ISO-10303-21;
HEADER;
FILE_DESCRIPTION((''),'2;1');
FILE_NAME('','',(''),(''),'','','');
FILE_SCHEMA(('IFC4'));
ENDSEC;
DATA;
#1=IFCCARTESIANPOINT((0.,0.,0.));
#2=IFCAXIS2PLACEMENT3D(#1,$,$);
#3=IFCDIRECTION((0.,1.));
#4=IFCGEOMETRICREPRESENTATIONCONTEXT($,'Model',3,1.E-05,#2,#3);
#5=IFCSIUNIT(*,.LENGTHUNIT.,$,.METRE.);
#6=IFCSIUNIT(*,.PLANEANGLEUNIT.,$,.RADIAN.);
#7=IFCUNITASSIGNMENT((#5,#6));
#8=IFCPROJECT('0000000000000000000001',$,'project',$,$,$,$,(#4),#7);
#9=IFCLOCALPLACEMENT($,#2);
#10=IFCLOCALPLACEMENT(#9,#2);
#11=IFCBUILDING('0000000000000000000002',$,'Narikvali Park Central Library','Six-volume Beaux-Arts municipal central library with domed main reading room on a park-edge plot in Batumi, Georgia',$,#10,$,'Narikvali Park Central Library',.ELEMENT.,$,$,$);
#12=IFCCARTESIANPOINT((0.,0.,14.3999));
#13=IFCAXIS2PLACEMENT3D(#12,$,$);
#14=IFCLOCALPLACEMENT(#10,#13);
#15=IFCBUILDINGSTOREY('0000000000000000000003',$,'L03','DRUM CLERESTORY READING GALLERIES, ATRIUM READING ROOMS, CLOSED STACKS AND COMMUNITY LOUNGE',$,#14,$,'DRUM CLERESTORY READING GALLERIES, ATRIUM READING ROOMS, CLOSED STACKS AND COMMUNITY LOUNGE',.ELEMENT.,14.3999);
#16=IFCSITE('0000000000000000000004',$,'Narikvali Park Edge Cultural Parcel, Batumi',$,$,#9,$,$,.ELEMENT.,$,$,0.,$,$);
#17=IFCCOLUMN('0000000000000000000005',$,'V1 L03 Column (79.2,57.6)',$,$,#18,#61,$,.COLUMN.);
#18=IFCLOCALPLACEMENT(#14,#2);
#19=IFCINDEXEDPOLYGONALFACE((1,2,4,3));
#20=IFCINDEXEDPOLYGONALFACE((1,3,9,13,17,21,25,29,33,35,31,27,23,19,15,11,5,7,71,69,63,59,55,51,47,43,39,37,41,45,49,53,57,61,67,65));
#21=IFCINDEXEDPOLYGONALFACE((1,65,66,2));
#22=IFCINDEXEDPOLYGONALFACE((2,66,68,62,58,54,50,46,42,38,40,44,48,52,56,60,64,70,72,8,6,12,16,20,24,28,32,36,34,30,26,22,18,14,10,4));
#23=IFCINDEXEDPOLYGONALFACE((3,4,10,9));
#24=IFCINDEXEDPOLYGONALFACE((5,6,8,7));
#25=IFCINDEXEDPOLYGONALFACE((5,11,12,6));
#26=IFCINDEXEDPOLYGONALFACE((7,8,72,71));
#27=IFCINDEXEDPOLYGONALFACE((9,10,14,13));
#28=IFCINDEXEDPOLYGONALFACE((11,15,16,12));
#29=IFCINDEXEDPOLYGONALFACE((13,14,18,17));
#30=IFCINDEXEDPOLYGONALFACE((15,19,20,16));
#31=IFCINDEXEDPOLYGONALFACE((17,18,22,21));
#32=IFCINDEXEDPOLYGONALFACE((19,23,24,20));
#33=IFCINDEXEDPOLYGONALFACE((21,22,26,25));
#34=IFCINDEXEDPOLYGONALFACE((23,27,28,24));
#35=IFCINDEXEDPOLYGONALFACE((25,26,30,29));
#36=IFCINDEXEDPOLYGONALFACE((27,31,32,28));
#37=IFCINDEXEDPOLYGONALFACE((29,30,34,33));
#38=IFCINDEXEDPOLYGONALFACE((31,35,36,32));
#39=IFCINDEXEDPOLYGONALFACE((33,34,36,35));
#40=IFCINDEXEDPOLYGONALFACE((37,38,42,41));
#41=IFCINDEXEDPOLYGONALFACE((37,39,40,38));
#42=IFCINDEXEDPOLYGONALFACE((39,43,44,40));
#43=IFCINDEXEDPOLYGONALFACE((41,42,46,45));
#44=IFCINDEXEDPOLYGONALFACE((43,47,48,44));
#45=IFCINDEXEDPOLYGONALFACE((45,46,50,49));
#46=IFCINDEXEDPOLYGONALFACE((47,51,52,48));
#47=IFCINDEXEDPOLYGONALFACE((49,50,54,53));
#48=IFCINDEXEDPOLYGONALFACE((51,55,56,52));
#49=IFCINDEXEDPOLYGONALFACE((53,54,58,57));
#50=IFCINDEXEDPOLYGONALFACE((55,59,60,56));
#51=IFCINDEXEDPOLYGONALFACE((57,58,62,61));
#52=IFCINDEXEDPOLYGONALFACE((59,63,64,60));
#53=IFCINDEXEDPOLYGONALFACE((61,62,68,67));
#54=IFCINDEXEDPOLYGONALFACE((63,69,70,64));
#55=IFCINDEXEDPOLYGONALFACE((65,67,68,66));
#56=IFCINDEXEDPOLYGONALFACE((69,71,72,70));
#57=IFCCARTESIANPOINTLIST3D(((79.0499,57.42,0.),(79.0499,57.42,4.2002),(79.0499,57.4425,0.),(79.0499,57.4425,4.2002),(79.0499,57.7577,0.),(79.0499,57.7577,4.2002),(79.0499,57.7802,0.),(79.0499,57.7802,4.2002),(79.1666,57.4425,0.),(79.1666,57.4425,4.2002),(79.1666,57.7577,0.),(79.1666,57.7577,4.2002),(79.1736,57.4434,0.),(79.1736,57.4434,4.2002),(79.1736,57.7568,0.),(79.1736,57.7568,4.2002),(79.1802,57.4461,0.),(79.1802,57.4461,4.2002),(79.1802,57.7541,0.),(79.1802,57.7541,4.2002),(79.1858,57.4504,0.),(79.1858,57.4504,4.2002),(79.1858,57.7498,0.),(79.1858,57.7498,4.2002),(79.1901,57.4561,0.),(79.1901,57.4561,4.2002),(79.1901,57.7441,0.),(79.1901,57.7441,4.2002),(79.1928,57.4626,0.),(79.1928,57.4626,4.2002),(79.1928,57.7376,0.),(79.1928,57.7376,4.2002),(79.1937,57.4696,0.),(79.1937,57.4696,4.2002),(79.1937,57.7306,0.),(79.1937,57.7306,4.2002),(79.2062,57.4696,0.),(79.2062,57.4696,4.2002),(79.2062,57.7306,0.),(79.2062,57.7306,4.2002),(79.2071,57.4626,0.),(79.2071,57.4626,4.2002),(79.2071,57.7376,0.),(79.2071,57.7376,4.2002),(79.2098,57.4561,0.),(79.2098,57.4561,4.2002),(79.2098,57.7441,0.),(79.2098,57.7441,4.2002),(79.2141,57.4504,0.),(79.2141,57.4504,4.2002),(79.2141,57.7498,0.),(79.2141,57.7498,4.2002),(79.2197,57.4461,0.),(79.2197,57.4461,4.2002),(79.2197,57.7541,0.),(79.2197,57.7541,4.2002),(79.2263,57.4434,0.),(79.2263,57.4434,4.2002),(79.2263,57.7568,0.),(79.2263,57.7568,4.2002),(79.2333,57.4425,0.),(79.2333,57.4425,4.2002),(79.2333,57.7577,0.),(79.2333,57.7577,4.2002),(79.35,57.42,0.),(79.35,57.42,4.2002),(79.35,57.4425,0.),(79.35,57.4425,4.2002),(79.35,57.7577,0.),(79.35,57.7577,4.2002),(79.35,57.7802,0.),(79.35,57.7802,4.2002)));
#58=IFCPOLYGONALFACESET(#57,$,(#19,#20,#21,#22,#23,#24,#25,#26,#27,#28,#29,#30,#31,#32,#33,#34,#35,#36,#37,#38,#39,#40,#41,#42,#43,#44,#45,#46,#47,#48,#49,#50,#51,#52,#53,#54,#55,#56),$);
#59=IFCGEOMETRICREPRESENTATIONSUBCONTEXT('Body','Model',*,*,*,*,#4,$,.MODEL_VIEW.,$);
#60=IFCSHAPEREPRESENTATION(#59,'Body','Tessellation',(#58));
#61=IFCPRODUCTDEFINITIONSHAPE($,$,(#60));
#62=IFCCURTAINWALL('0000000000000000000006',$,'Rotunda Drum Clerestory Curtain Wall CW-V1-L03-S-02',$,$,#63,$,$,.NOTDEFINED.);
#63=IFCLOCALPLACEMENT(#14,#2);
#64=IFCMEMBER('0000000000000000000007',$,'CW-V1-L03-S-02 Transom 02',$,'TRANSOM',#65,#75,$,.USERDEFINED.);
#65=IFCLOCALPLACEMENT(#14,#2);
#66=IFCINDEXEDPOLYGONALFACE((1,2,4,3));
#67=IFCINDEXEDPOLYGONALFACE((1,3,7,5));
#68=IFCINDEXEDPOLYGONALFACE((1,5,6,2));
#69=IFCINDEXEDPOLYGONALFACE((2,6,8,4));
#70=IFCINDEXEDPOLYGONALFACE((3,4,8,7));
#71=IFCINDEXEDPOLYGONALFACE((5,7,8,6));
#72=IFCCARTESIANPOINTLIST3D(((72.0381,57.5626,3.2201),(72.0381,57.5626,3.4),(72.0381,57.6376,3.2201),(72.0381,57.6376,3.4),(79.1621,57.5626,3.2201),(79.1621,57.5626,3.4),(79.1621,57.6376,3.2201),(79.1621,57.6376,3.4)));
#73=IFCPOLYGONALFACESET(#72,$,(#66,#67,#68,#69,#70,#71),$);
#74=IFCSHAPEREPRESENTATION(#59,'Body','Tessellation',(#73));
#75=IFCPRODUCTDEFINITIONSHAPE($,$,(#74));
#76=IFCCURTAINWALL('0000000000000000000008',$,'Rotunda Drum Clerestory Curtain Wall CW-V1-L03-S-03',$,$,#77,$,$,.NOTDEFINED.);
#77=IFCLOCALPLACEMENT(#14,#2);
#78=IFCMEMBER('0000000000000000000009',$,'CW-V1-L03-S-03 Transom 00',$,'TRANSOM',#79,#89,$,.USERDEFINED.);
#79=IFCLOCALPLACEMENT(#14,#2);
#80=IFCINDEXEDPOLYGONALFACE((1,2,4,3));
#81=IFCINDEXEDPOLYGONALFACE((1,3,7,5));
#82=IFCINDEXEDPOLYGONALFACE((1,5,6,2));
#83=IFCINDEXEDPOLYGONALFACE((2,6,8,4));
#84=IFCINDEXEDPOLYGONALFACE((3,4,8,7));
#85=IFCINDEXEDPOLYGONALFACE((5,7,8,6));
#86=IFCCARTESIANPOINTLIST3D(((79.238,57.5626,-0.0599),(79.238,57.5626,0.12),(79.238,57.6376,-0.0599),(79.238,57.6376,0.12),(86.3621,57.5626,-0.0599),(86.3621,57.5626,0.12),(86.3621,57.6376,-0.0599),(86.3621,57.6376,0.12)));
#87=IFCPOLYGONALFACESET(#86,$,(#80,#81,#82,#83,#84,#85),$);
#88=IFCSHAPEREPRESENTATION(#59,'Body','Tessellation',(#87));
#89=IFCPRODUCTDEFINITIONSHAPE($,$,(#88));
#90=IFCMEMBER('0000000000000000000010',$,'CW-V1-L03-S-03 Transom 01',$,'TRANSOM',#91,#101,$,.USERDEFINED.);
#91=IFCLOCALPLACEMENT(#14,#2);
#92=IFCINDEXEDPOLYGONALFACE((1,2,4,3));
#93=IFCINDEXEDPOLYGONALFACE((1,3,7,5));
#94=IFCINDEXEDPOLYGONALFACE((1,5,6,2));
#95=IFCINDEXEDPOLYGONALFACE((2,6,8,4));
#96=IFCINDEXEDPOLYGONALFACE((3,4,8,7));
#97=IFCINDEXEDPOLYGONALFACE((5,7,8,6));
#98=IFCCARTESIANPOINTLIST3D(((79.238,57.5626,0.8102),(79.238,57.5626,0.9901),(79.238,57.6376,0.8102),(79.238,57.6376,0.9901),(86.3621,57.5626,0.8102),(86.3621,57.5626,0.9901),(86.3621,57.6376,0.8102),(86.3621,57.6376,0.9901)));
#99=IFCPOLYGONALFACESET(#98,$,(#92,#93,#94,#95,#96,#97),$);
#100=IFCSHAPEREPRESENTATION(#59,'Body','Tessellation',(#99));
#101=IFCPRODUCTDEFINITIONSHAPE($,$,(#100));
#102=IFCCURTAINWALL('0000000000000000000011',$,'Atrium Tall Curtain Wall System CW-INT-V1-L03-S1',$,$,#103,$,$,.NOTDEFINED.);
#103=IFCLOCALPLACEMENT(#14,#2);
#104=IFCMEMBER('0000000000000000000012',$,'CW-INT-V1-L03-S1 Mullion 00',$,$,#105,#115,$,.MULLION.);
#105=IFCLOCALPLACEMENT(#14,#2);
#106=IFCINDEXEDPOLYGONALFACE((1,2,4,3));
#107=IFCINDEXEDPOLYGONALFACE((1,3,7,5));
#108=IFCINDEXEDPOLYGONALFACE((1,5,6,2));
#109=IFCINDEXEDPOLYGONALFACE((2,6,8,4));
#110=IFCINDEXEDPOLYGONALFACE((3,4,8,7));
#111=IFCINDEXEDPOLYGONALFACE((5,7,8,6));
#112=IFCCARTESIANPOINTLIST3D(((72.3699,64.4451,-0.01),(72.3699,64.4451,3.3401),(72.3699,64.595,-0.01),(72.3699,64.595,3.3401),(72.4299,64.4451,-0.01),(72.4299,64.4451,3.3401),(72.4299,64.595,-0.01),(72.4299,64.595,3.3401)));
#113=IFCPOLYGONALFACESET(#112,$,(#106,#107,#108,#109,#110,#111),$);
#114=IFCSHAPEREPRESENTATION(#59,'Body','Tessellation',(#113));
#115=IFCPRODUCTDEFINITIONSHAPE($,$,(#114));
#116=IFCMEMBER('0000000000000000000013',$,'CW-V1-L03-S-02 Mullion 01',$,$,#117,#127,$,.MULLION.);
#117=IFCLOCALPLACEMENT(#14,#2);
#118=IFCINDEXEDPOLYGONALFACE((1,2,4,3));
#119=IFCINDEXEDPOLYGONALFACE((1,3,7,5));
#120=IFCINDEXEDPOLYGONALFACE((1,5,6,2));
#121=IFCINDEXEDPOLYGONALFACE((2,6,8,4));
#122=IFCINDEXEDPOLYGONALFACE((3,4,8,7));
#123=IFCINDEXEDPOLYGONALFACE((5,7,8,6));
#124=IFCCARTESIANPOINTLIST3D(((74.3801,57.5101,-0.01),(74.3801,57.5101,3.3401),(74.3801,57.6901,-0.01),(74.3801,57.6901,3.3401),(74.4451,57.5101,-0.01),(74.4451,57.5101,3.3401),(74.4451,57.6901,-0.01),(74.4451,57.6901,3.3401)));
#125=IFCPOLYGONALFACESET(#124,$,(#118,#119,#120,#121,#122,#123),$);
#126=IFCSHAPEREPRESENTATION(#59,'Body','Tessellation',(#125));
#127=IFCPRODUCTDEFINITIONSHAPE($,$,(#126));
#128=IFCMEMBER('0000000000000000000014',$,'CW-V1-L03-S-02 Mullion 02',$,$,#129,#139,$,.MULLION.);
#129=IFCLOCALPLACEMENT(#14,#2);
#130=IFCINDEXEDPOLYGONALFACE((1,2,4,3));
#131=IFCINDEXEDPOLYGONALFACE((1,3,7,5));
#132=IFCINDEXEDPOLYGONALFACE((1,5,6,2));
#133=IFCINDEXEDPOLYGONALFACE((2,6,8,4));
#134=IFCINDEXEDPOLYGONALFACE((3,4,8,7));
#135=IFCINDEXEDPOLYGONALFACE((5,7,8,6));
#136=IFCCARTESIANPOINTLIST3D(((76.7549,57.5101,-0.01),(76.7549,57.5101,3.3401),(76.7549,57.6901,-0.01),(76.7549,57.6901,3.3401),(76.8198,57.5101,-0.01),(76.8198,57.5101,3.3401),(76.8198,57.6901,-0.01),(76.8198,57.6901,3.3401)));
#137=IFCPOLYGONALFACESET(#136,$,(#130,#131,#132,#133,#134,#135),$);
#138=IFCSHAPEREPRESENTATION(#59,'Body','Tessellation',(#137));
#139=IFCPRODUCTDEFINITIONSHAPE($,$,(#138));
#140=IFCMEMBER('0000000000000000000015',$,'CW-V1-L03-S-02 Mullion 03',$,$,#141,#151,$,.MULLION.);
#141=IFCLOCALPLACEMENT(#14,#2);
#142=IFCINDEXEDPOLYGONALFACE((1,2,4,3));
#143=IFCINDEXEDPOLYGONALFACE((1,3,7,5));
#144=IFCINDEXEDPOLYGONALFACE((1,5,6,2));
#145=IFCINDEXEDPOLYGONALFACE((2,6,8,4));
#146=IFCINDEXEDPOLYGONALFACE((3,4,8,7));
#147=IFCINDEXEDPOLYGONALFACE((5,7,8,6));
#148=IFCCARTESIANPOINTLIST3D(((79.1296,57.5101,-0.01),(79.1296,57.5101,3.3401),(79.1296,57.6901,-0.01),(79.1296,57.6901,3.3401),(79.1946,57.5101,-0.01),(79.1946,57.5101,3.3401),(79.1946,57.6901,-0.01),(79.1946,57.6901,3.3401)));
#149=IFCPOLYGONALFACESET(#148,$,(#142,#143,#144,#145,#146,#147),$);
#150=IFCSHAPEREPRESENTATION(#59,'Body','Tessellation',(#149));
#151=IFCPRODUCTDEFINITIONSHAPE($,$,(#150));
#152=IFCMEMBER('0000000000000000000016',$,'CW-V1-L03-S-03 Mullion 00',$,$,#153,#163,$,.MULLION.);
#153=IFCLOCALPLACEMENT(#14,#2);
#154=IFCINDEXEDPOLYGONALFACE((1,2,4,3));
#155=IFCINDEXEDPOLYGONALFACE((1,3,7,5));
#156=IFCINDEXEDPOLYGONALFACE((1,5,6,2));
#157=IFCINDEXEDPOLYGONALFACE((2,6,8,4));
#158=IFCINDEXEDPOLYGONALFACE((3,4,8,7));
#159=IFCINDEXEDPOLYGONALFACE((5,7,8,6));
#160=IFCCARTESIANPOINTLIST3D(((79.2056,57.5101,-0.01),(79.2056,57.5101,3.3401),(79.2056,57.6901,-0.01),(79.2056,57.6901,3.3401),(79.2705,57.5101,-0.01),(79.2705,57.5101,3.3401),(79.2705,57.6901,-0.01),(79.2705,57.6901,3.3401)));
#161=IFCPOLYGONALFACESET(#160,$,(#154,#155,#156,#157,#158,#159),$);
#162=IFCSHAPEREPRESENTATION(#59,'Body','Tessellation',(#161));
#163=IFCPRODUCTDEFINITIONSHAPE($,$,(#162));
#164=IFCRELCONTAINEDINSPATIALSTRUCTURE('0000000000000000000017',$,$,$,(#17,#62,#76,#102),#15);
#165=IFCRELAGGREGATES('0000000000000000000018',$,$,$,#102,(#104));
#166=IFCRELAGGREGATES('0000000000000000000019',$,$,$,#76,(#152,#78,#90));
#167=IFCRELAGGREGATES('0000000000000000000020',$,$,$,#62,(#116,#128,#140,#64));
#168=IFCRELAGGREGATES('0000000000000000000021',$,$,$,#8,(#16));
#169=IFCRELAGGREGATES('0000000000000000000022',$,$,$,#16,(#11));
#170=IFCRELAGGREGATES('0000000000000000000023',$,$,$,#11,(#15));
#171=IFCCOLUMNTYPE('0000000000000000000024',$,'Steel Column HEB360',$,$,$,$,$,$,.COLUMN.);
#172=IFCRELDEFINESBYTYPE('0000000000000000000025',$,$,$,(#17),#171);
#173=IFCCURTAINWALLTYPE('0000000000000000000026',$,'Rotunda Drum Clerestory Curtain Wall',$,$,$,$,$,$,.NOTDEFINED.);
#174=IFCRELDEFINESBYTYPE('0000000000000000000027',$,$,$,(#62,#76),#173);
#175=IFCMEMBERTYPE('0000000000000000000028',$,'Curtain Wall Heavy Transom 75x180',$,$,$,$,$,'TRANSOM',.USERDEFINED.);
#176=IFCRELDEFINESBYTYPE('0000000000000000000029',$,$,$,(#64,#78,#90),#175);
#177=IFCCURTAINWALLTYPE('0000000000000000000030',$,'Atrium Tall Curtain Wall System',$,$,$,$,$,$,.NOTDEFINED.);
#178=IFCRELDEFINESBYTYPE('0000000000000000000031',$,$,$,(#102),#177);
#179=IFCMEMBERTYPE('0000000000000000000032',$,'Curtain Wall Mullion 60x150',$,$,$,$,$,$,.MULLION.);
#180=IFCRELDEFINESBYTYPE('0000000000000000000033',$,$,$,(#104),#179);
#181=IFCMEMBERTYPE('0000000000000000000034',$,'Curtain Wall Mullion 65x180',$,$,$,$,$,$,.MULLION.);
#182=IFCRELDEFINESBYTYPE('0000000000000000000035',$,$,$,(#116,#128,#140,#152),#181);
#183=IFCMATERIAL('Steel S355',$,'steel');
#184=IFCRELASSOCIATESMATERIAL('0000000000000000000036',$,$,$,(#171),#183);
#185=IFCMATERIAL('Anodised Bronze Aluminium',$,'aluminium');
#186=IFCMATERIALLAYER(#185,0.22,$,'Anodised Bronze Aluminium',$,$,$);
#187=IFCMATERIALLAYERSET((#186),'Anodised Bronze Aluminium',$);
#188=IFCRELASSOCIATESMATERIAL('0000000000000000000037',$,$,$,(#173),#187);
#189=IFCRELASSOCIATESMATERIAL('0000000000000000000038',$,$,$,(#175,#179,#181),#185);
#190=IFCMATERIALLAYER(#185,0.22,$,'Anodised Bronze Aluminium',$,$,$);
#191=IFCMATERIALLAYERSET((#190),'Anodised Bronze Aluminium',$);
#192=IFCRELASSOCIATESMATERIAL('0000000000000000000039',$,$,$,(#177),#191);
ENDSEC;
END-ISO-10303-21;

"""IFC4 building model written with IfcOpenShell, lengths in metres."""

from ifc_helpers import new_model, si_unit, direction, frame, origin, origin_2d, place, context, subcontext, project, spatial, rectangle, i_section, extrude, material, layer, layer_set, material_profile, profile_set, type_object, element, aggregate, save


model = new_model("IFC4")

# Units and contexts
model_context = context("Model", 3, precision=1e-05, world=origin(), true_north=direction((0.0, 1.0)))
body_context = subcontext(model_context, "Body", "Model", "MODEL_VIEW")
ifc_project = project(units=[si_unit("LENGTHUNIT", "METRE"), si_unit("PLANEANGLEUNIT", "RADIAN")], contexts=[model_context])

# Site, building, storey
site_placement = place(None, origin())
site = spatial("IfcSite", under=ifc_project, at=site_placement, Name="Narikvali Park Edge Cultural Parcel, Batumi", CompositionType="ELEMENT", RefElevation=0.0)
building_placement = place(site_placement, origin())
building = spatial("IfcBuilding", under=site, at=building_placement, Name="Narikvali Park Central Library", Description="Six-volume Beaux-Arts municipal central library with domed main reading room on a park-edge plot in Batumi, Georgia", LongName="Narikvali Park Central Library", CompositionType="ELEMENT")
storey_placement = place(building_placement, frame((0.0, 0.0, 14.3999)))
storey = spatial("IfcBuildingStorey", under=building, at=storey_placement, Name="L03", Description="DRUM CLERESTORY READING GALLERIES, ATRIUM READING ROOMS, CLOSED STACKS AND COMMUNITY LOUNGE", LongName="DRUM CLERESTORY READING GALLERIES, ATRIUM READING ROOMS, CLOSED STACKS AND COMMUNITY LOUNGE", CompositionType="ELEMENT", Elevation=14.3999)

# Column
ifc_material_1 = material(Name="Steel S355", Category="steel")
ifc_material_profile_1 = material_profile(ifc_material_1, i_section(OverallWidth=0.3, OverallDepth=0.3601, WebThickness=0.0125, FlangeThickness=0.0225, FilletRadius=0.0271, at=origin_2d()), Name="HEB 360")
ifc_profile_set_1 = profile_set([ifc_material_profile_1], Name="Steel S355")
column_type = type_object("IfcColumnType", Name="Steel Column HEB360", PredefinedType="COLUMN", material=ifc_profile_set_1)
column_placement = place(storey_placement, frame((79.2, 57.6001, 0.0), z_axis=(0.0, 0.0, 1.0), x_axis=(1.0, 0.0, 0.0)))
element("IfcColumn", 1, at=column_placement, inside=storey, type_object=column_type, Name="V1 L03 Column (79.2,57.6)", PredefinedType="COLUMN", context=body_context, shape_type="SweptSolid", body=[
    extrude(i_section(OverallWidth=0.3, OverallDepth=0.3601, WebThickness=0.0125, FlangeThickness=0.0225, FilletRadius=0.0271, at=origin_2d()), origin(), (0.0, 0.0, 1.0), 4.2002),
])

# Curtain wall, member
ifc_material_2 = material(Name="Anodised Bronze Aluminium", Category="aluminium")
ifc_layer_1 = layer(ifc_material_2, 0.22, Name="Anodised Bronze Aluminium")
ifc_layer_set_1 = layer_set([ifc_layer_1], Name="Anodised Bronze Aluminium")
curtain_wall_type_1 = type_object("IfcCurtainWallType", Name="Rotunda Drum Clerestory Curtain Wall", PredefinedType="NOTDEFINED", material=ifc_layer_set_1)
curtain_wall_1_placement = place(storey_placement, origin())
curtain_wall_1 = element("IfcCurtainWall", 2, at=curtain_wall_1_placement, inside=storey, type_object=curtain_wall_type_1, Name="Rotunda Drum Clerestory Curtain Wall CW-V1-L03-S-02", PredefinedType="NOTDEFINED")
ifc_material_profile_2 = material_profile(ifc_material_2, rectangle(XDim=0.075, YDim=0.1799, at=origin_2d()), Name="CW TRANSOM 75x180")
ifc_profile_set_2 = profile_set([ifc_material_profile_2], Name="Anodised Bronze Aluminium")
member_type_1 = type_object("IfcMemberType", Name="Curtain Wall Heavy Transom 75x180", ElementType="TRANSOM", PredefinedType="USERDEFINED", material=ifc_profile_set_2)
member_1_placement = place(storey_placement, frame((72.0381, 57.6001, 3.3101), z_axis=(1.0, 0.0, 0.0), x_axis=(0.0, 1.0, 0.0)))
member_1 = element("IfcMember", 3, at=member_1_placement, type_object=member_type_1, Name="CW-V1-L03-S-02 Transom 02", ObjectType="TRANSOM", PredefinedType="USERDEFINED", context=body_context, shape_type="SweptSolid", body=[
    extrude(rectangle(XDim=0.075, YDim=0.1799, at=origin_2d()), origin(), (0.0, 0.0, 1.0), 7.124),
])

# Curtain wall, members
curtain_wall_2_placement = place(storey_placement, origin())
curtain_wall_2 = element("IfcCurtainWall", 4, at=curtain_wall_2_placement, inside=storey, type_object=curtain_wall_type_1, Name="Rotunda Drum Clerestory Curtain Wall CW-V1-L03-S-03", PredefinedType="NOTDEFINED")
member_2_placement = place(storey_placement, frame((79.238, 57.6001, 0.03), z_axis=(1.0, 0.0, 0.0), x_axis=(0.0, 1.0, 0.0)))
member_2 = element("IfcMember", 5, at=member_2_placement, type_object=member_type_1, Name="CW-V1-L03-S-03 Transom 00", ObjectType="TRANSOM", PredefinedType="USERDEFINED", context=body_context, shape_type="SweptSolid", body=[
    extrude(rectangle(XDim=0.075, YDim=0.1799, at=origin_2d()), origin(), (0.0, 0.0, 1.0), 7.124),
])
member_3_placement = place(storey_placement, frame((79.238, 57.6001, 0.9001), z_axis=(1.0, 0.0, 0.0), x_axis=(0.0, 1.0, 0.0)))
member_3 = element("IfcMember", 6, at=member_3_placement, type_object=member_type_1, Name="CW-V1-L03-S-03 Transom 01", ObjectType="TRANSOM", PredefinedType="USERDEFINED", context=body_context, shape_type="SweptSolid", body=[
    extrude(rectangle(XDim=0.075, YDim=0.1799, at=origin_2d()), origin(), (0.0, 0.0, 1.0), 7.124),
])

# Curtain wall, member
ifc_layer_2 = layer(ifc_material_2, 0.22, Name="Anodised Bronze Aluminium")
ifc_layer_set_2 = layer_set([ifc_layer_2], Name="Anodised Bronze Aluminium")
curtain_wall_type_2 = type_object("IfcCurtainWallType", Name="Atrium Tall Curtain Wall System", PredefinedType="NOTDEFINED", material=ifc_layer_set_2)
curtain_wall_3_placement = place(storey_placement, origin())
curtain_wall_3 = element("IfcCurtainWall", 7, at=curtain_wall_3_placement, inside=storey, type_object=curtain_wall_type_2, Name="Atrium Tall Curtain Wall System CW-INT-V1-L03-S1", PredefinedType="NOTDEFINED")
ifc_material_profile_3 = material_profile(ifc_material_2, rectangle(XDim=0.0601, YDim=0.1499, at=origin_2d()), Name="CW MULLION 60x150")
ifc_profile_set_3 = profile_set([ifc_material_profile_3], Name="Anodised Bronze Aluminium")
member_type_2 = type_object("IfcMemberType", Name="Curtain Wall Mullion 60x150", PredefinedType="MULLION", material=ifc_profile_set_3)
member_4_placement = place(storey_placement, frame((72.3999, 64.52, -0.01), z_axis=(0.0, 0.0, 1.0), x_axis=(1.0, 0.0, 0.0)))
member_4 = element("IfcMember", 8, at=member_4_placement, type_object=member_type_2, Name="CW-INT-V1-L03-S1 Mullion 00", PredefinedType="MULLION", context=body_context, shape_type="SweptSolid", body=[
    extrude(rectangle(XDim=0.0601, YDim=0.1499, at=origin_2d()), origin(), (0.0, 0.0, 1.0), 3.3501),
])
aggregate(curtain_wall_3, [member_4])

# Members
ifc_material_profile_4 = material_profile(ifc_material_2, rectangle(XDim=0.0649, YDim=0.1799, at=origin_2d()), Name="CW MULLION 65x180")
ifc_profile_set_4 = profile_set([ifc_material_profile_4], Name="Anodised Bronze Aluminium")
member_type_3 = type_object("IfcMemberType", Name="Curtain Wall Mullion 65x180", PredefinedType="MULLION", material=ifc_profile_set_4)
member_5_placement = place(storey_placement, frame((74.4126, 57.6001, -0.01), z_axis=(0.0, 0.0, 1.0), x_axis=(1.0, 0.0, 0.0)))
member_5 = element("IfcMember", 9, at=member_5_placement, type_object=member_type_3, Name="CW-V1-L03-S-02 Mullion 01", PredefinedType="MULLION", context=body_context, shape_type="SweptSolid", body=[
    extrude(rectangle(XDim=0.0649, YDim=0.1799, at=origin_2d()), origin(), (0.0, 0.0, 1.0), 3.3501),
])
member_6_placement = place(storey_placement, frame((76.7874, 57.6001, -0.01), z_axis=(0.0, 0.0, 1.0), x_axis=(1.0, 0.0, 0.0)))
member_6 = element("IfcMember", 10, at=member_6_placement, type_object=member_type_3, Name="CW-V1-L03-S-02 Mullion 02", PredefinedType="MULLION", context=body_context, shape_type="SweptSolid", body=[
    extrude(rectangle(XDim=0.0649, YDim=0.1799, at=origin_2d()), origin(), (0.0, 0.0, 1.0), 3.3501),
])
member_7_placement = place(storey_placement, frame((79.1621, 57.6001, -0.01), z_axis=(0.0, 0.0, 1.0), x_axis=(1.0, 0.0, 0.0)))
member_7 = element("IfcMember", 11, at=member_7_placement, type_object=member_type_3, Name="CW-V1-L03-S-02 Mullion 03", PredefinedType="MULLION", context=body_context, shape_type="SweptSolid", body=[
    extrude(rectangle(XDim=0.0649, YDim=0.1799, at=origin_2d()), origin(), (0.0, 0.0, 1.0), 3.3501),
])
member_8_placement = place(storey_placement, frame((79.238, 57.6001, -0.01), z_axis=(0.0, 0.0, 1.0), x_axis=(1.0, 0.0, 0.0)))
member_8 = element("IfcMember", 12, at=member_8_placement, type_object=member_type_3, Name="CW-V1-L03-S-03 Mullion 00", PredefinedType="MULLION", context=body_context, shape_type="SweptSolid", body=[
    extrude(rectangle(XDim=0.0649, YDim=0.1799, at=origin_2d()), origin(), (0.0, 0.0, 1.0), 3.3501),
])
aggregate(curtain_wall_2, [member_8, member_2, member_3])

aggregate(curtain_wall_1, [member_5, member_6, member_7, member_1])

save(model, "model.ifc")
